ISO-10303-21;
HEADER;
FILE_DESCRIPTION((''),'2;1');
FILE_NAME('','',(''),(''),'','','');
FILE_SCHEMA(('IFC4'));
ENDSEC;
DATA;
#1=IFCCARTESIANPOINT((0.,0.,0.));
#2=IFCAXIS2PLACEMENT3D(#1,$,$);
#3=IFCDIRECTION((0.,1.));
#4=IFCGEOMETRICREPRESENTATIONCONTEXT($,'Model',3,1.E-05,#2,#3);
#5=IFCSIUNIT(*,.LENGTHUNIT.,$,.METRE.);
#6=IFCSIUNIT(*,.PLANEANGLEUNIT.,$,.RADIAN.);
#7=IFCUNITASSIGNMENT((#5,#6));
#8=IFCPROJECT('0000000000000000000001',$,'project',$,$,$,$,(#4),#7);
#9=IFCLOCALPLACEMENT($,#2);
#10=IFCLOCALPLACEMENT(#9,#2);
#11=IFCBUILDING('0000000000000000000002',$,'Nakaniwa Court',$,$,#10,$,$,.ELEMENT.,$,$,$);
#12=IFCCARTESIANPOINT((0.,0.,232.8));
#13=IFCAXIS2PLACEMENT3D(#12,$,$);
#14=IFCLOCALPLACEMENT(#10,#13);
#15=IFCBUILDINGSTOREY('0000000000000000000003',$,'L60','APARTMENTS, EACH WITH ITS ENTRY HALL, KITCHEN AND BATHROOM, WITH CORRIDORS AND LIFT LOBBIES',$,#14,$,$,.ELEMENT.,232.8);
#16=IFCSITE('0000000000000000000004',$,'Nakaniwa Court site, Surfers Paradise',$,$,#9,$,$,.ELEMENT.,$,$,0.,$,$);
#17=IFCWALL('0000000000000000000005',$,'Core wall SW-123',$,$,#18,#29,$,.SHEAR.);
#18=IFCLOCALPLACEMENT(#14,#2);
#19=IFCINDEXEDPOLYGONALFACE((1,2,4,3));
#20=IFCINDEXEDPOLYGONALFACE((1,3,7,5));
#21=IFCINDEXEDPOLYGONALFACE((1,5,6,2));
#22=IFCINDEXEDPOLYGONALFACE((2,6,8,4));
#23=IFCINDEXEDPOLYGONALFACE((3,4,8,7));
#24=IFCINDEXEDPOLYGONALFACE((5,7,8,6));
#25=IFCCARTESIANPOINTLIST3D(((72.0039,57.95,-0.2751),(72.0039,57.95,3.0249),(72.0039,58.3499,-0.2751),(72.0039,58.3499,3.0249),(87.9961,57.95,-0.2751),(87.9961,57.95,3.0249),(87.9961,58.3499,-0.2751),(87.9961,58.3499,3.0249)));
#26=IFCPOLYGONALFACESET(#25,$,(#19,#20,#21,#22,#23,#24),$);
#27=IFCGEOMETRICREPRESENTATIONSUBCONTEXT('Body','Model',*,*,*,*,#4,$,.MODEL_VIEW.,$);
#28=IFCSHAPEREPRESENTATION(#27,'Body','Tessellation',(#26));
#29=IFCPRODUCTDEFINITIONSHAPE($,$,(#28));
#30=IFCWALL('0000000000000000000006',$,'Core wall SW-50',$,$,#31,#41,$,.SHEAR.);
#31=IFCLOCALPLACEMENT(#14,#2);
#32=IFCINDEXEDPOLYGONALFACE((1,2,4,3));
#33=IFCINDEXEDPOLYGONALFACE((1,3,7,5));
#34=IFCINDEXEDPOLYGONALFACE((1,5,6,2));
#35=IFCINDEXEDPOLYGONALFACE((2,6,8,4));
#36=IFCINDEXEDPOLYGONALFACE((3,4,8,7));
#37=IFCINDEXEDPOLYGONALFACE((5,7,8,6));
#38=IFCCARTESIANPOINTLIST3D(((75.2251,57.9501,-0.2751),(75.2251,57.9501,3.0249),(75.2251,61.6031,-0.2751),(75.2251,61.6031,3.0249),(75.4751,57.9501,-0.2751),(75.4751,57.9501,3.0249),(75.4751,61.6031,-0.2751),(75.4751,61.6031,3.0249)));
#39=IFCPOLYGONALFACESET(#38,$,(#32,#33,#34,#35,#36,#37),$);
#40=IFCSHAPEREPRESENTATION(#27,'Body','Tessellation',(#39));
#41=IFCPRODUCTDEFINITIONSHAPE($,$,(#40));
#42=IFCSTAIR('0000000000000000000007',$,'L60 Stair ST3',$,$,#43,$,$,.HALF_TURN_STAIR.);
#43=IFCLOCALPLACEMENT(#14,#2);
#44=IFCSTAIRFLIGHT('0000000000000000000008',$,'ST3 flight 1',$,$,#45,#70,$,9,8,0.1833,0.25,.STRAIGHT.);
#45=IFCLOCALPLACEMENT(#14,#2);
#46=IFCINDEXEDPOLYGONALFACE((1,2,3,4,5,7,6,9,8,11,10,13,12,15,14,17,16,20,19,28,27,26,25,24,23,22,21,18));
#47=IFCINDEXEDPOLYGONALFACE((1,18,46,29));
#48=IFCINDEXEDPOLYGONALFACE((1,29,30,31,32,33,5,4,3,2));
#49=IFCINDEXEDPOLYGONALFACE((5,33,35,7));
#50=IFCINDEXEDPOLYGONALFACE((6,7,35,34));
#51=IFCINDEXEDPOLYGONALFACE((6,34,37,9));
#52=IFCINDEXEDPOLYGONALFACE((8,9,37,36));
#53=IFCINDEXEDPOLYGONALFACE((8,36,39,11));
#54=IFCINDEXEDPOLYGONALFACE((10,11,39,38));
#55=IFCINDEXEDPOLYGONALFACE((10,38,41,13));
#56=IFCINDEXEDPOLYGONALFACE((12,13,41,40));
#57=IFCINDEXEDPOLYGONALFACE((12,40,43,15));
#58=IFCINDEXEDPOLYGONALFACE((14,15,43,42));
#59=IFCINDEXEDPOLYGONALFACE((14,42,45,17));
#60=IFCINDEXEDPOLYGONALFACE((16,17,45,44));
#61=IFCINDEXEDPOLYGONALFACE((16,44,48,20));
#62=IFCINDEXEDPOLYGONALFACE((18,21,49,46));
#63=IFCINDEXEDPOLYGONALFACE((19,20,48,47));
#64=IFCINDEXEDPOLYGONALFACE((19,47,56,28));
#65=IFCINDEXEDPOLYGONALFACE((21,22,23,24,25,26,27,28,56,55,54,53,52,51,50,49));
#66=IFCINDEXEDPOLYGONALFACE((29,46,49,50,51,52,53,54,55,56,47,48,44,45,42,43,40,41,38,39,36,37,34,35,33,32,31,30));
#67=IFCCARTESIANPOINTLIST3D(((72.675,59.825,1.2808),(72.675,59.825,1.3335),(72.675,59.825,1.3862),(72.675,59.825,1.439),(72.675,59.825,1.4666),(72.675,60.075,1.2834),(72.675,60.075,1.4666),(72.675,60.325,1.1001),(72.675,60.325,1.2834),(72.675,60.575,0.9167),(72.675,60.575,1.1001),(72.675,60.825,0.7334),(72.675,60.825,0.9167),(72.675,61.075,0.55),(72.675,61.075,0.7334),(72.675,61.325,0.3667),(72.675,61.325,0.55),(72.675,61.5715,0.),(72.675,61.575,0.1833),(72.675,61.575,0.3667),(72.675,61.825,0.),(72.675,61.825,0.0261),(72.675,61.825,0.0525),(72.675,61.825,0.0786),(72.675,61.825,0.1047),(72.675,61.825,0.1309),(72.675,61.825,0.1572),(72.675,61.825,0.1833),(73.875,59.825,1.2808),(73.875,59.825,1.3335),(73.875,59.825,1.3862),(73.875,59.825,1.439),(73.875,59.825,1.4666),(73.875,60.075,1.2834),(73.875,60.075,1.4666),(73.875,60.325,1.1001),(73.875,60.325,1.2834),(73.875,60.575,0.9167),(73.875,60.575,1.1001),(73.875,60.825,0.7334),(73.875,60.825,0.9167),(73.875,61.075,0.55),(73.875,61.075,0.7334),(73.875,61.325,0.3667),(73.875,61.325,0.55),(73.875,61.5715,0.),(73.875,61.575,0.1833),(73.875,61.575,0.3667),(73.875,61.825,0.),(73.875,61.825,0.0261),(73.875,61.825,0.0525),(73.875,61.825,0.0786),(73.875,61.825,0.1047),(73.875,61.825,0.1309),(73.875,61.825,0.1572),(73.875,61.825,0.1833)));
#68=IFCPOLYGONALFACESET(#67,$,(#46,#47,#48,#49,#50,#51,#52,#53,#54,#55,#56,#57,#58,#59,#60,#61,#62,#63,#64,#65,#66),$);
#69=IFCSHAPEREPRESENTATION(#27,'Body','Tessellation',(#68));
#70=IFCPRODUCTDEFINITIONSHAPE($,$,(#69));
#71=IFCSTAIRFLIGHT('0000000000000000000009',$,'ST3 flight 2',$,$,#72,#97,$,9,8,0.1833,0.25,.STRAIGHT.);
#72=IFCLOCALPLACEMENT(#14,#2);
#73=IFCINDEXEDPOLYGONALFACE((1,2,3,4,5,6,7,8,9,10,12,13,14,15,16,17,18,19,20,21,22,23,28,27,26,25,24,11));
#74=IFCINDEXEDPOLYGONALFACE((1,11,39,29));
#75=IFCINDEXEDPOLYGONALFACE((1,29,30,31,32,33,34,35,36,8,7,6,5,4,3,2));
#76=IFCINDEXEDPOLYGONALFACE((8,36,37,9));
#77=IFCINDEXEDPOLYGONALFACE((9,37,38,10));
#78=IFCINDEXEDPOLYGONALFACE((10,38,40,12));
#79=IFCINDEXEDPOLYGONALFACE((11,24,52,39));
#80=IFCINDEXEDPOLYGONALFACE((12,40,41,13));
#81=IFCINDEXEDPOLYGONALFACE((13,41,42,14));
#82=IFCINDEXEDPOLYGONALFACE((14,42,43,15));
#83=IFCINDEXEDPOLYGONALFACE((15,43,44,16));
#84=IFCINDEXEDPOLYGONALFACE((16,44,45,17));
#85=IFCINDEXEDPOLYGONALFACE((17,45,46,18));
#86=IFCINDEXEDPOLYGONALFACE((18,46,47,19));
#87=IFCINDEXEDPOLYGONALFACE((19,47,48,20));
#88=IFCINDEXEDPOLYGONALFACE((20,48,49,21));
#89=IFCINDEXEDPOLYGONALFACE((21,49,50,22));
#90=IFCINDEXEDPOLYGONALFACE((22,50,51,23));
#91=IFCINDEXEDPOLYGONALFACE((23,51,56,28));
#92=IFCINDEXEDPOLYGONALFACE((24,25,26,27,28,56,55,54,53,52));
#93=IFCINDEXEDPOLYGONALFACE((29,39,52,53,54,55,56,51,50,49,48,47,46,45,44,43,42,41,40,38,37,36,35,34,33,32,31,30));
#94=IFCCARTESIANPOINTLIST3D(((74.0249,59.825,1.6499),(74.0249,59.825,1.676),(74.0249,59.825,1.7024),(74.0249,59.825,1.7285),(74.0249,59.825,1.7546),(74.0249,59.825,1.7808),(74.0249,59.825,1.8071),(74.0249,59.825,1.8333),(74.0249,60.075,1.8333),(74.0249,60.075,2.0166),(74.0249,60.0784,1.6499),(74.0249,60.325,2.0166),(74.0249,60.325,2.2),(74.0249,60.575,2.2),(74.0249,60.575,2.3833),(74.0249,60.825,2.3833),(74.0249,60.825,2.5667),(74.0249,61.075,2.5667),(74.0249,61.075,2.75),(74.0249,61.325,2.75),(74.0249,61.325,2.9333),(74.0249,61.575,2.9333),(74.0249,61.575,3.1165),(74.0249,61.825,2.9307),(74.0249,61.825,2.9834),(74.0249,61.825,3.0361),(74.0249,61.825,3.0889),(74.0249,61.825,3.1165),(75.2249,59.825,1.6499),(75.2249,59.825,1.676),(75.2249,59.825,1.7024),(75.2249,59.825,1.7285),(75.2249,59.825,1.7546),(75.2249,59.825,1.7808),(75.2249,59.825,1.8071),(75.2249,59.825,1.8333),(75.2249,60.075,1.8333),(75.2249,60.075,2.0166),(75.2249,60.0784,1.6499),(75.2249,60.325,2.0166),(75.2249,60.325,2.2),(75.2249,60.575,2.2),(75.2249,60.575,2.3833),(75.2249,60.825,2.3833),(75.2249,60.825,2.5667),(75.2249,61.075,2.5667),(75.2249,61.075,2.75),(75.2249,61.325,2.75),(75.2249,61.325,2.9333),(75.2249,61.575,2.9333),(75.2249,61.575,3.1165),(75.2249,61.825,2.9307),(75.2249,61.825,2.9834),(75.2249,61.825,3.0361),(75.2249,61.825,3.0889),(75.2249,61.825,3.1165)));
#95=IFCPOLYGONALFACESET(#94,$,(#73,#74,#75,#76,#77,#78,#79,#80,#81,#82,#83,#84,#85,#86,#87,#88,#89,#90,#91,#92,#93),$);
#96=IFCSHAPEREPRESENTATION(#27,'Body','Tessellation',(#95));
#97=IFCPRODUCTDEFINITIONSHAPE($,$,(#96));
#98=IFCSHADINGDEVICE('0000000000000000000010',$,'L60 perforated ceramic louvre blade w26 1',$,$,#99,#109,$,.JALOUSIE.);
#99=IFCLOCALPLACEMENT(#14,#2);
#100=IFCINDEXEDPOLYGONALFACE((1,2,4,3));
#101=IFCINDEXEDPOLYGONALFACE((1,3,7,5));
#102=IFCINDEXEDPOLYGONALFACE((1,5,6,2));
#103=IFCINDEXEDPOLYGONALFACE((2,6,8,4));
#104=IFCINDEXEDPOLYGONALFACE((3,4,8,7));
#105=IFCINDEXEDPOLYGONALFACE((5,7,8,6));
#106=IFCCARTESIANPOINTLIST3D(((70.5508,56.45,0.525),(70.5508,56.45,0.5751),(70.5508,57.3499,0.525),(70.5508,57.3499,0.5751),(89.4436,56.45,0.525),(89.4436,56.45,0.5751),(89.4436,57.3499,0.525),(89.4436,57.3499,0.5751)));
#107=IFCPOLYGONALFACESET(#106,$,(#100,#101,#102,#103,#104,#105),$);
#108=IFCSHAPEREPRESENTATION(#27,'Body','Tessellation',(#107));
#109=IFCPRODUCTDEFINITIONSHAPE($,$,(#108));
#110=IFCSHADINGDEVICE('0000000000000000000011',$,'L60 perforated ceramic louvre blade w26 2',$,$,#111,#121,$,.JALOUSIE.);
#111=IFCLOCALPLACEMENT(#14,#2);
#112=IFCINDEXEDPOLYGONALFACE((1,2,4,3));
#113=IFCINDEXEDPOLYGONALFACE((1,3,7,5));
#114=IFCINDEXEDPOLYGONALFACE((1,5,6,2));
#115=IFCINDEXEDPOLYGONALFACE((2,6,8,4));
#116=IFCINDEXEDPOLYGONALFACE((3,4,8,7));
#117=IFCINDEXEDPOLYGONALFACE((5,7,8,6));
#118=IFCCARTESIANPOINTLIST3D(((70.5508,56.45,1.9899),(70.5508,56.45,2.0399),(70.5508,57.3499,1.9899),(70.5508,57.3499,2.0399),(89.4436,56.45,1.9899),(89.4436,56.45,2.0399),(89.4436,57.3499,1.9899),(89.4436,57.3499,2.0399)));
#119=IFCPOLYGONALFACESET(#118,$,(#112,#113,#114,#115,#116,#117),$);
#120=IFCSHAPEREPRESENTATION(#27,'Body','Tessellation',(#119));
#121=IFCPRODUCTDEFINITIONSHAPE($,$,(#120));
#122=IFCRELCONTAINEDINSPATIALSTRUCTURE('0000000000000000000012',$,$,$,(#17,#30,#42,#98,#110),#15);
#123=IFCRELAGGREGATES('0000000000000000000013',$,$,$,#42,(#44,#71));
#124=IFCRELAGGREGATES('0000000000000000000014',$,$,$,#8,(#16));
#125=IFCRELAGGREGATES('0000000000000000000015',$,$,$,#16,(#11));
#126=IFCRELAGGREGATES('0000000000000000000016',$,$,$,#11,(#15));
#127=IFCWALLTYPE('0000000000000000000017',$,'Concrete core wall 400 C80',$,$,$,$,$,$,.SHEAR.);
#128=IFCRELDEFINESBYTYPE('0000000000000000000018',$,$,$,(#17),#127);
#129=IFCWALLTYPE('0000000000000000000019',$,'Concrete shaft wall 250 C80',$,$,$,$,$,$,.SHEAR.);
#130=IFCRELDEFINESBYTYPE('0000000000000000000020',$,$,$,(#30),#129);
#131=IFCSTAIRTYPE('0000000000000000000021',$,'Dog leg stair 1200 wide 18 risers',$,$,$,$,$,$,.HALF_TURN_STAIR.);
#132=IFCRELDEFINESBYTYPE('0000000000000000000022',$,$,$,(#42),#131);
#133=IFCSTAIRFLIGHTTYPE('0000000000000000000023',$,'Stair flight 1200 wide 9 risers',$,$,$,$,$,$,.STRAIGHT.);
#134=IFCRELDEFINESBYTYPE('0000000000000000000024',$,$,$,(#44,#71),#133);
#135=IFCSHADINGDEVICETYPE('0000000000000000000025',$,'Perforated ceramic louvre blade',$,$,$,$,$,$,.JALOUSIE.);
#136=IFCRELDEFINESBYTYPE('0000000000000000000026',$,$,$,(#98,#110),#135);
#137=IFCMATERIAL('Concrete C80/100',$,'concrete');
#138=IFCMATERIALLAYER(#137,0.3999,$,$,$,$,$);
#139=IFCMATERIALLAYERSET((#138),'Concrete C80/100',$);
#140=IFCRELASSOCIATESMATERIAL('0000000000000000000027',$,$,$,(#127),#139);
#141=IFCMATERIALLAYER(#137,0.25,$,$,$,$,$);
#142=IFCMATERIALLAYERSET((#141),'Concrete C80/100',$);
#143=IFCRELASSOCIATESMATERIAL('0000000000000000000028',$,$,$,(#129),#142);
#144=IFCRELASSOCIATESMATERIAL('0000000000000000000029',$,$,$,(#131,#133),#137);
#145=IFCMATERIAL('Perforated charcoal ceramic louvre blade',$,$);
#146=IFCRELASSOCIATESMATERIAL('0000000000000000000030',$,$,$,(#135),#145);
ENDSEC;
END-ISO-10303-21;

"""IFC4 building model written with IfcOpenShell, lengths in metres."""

from ifc_helpers import new_model, si_unit, direction, frame, frame_2d, origin, origin_2d, place, context, subcontext, project, spatial, polyline, rectangle, outline, extrude, material, layer, layer_set, material_profile, profile_set, type_object, element, aggregate, save


model = new_model("IFC4")

# Units and contexts
model_context = context("Model", 3, precision=1e-05, world=origin(), true_north=direction((0.0, 1.0)))
body_context = subcontext(model_context, "Body", "Model", "MODEL_VIEW")
ifc_project = project(units=[si_unit("LENGTHUNIT", "METRE"), si_unit("PLANEANGLEUNIT", "RADIAN")], contexts=[model_context])

# Site, building, storey
site_placement = place(None, origin())
site = spatial("IfcSite", under=ifc_project, at=site_placement, Name="Nakaniwa Court site, Surfers Paradise", CompositionType="ELEMENT", RefElevation=0.0)
building_placement = place(site_placement, origin())
building = spatial("IfcBuilding", under=site, at=building_placement, Name="Nakaniwa Court", CompositionType="ELEMENT")
storey_placement = place(building_placement, frame((0.0, 0.0, 232.8)))
storey = spatial("IfcBuildingStorey", under=building, at=storey_placement, Name="L60", Description="APARTMENTS, EACH WITH ITS ENTRY HALL, KITCHEN AND BATHROOM, WITH CORRIDORS AND LIFT LOBBIES", CompositionType="ELEMENT", Elevation=232.8)

# Shared definitions
ifc_material_1 = material(Name="Concrete C80/100", Category="concrete")

# Walls
ifc_layer_1 = layer(ifc_material_1, 0.3999)
ifc_layer_set_1 = layer_set([ifc_layer_1], Name="Concrete C80/100")
wall_type_1 = type_object("IfcWallType", Name="Concrete core wall 400 C80", PredefinedType="SHEAR", material=ifc_layer_set_1)
wall_1_placement = place(storey_placement, frame((72.0039, 58.1499, -0.2751), z_axis=(0.0, 0.0, 1.0), x_axis=(1.0, 0.0, 0.0)))
element("IfcWall", 1, at=wall_1_placement, inside=storey, type_object=wall_type_1, Name="Core wall SW-123", PredefinedType="SHEAR", context=body_context, shape_type="SweptSolid", body=[
    extrude(rectangle(XDim=15.9922, YDim=0.3999, at=frame_2d((7.9961, 0.0))), origin(), (0.0, 0.0, 1.0), 3.3),
])
ifc_layer_2 = layer(ifc_material_1, 0.25)
ifc_layer_set_2 = layer_set([ifc_layer_2], Name="Concrete C80/100")
wall_type_2 = type_object("IfcWallType", Name="Concrete shaft wall 250 C80", PredefinedType="SHEAR", material=ifc_layer_set_2)
wall_2_placement = place(storey_placement, frame((75.3501, 57.95, -0.2751), z_axis=(0.0, 0.0, 1.0), x_axis=(0.0, 1.0, 0.0)))
element("IfcWall", 2, at=wall_2_placement, inside=storey, type_object=wall_type_2, Name="Core wall SW-50", PredefinedType="SHEAR", context=body_context, shape_type="SweptSolid", body=[
    extrude(rectangle(XDim=3.6531, YDim=0.25, at=frame_2d((1.8267, 0.0))), origin(), (0.0, 0.0, 1.0), 3.3),
])

# Stair, stair flights
stair_type = type_object("IfcStairType", Name="Dog leg stair 1200 wide 18 risers", PredefinedType="HALF_TURN_STAIR", material=ifc_material_1)
stair_placement = place(storey_placement, origin())
stair = element("IfcStair", 3, at=stair_placement, inside=storey, type_object=stair_type, Name="L60 Stair ST3", PredefinedType="HALF_TURN_STAIR")
stair_flight_type = type_object("IfcStairFlightType", Name="Stair flight 1200 wide 9 risers", PredefinedType="STRAIGHT", material=ifc_material_1)
stair_flight_1_placement = place(storey_placement, frame((73.2749, 61.825, 0.0), z_axis=(0.0, 0.0, 1.0), x_axis=(0.0, -1.0, 0.0)))
stair_flight_1 = element("IfcStairFlight", 4, at=stair_flight_1_placement, type_object=stair_flight_type, Name="ST3 flight 1", NumberOfRisers=9, NumberOfTreads=8, PredefinedType="STRAIGHT", RiserHeight=0.1833, TreadLength=0.25, context=body_context, shape_type="SweptSolid", body=[
    extrude(outline(polyline([(0.0, 0.0), (0.0, 0.0261), (0.0, 0.0525), (0.0, 0.0786), (0.0, 0.1047), (0.0, 0.1309), (0.0, 0.1572), (0.0, 0.1833), (0.25, 0.1833), (0.25, 0.3667), (0.5, 0.3667), (0.5, 0.55), (0.75, 0.55), (0.75, 0.7334), (1.0, 0.7334), (1.0, 0.9167), (1.25, 0.9167), (1.25, 1.1001), (1.5, 1.1001), (1.5, 1.2834), (1.75, 1.2834), (1.75, 1.4666), (2.0, 1.4666), (2.0, 1.6499), (2.0, 1.5972), (2.0, 1.5444), (2.0, 1.4917), (2.0, 1.439), (2.0, 1.3862), (2.0, 1.3335), (2.0, 1.2808), (0.2534, 0.0), (0.0, 0.0)])), frame((0.0, 0.6001, 0.0), z_axis=(0.0, -1.0, 0.0), x_axis=(1.0, 0.0, 0.0)), (0.0, 0.0, 1.0), 1.2),
])
stair_flight_2_placement = place(storey_placement, frame((74.625, 59.825, 1.6499), z_axis=(0.0, 0.0, 1.0), x_axis=(0.0, 1.0, 0.0)))
stair_flight_2 = element("IfcStairFlight", 5, at=stair_flight_2_placement, type_object=stair_flight_type, Name="ST3 flight 2", NumberOfRisers=9, NumberOfTreads=8, PredefinedType="STRAIGHT", RiserHeight=0.1833, TreadLength=0.25, context=body_context, shape_type="SweptSolid", body=[
    extrude(outline(polyline([(0.0, 0.0), (0.0, 0.0261), (0.0, 0.0525), (0.0, 0.0786), (0.0, 0.1047), (0.0, 0.1309), (0.0, 0.1572), (0.0, 0.1833), (0.25, 0.1833), (0.25, 0.3667), (0.5, 0.3667), (0.5, 0.55), (0.75, 0.55), (0.75, 0.7334), (1.0, 0.7334), (1.0, 0.9167), (1.25, 0.9167), (1.25, 1.1001), (1.5, 1.1001), (1.5, 1.2834), (1.75, 1.2834), (1.75, 1.4666), (2.0, 1.4666), (2.0, 1.6499), (2.0, 1.5972), (2.0, 1.5444), (2.0, 1.4917), (2.0, 1.439), (2.0, 1.3862), (2.0, 1.3335), (2.0, 1.2808), (0.2534, 0.0), (0.0, 0.0)])), frame((0.0, 0.6001, 0.0), z_axis=(0.0, -1.0, 0.0), x_axis=(1.0, 0.0, 0.0)), (0.0, 0.0, 1.0), 1.2),
])
aggregate(stair, [stair_flight_1, stair_flight_2])

# Shading devices
ifc_material_2 = material(Name="Perforated charcoal ceramic louvre blade")
ifc_material_profile = material_profile(ifc_material_2, rectangle(XDim=0.8999, YDim=0.05, at=origin_2d()), Name="Perforated ceramic louvre blade")
ifc_profile_set = profile_set([ifc_material_profile], Name="Perforated charcoal ceramic louvre blade")
shading_device_type = type_object("IfcShadingDeviceType", Name="Perforated ceramic louvre blade", PredefinedType="JALOUSIE", material=ifc_profile_set)
for number, where, z_axis, x_axis, name in (
    (6, (70.5508, 56.8999, 0.55), (1.0, 0.0, 0.0), (0.0, 1.0, 0.0), "L60 perforated ceramic louvre blade w26 1"),
    (7, (70.5508, 56.8999, 2.0149), (1.0, 0.0, 0.0), (0.0, 1.0, 0.0), "L60 perforated ceramic louvre blade w26 2"),
):
    element("IfcShadingDevice", number, at=place(storey_placement, frame(where, z_axis=z_axis, x_axis=x_axis)), inside=storey, type_object=shading_device_type, Name=name, PredefinedType="JALOUSIE", context=body_context, shape_type="SweptSolid", body=[
        extrude(rectangle(XDim=0.8999, YDim=0.05, at=origin_2d()), origin(), (0.0, 0.0, 1.0), 18.8928),
    ])

save(model, "model.ifc")
